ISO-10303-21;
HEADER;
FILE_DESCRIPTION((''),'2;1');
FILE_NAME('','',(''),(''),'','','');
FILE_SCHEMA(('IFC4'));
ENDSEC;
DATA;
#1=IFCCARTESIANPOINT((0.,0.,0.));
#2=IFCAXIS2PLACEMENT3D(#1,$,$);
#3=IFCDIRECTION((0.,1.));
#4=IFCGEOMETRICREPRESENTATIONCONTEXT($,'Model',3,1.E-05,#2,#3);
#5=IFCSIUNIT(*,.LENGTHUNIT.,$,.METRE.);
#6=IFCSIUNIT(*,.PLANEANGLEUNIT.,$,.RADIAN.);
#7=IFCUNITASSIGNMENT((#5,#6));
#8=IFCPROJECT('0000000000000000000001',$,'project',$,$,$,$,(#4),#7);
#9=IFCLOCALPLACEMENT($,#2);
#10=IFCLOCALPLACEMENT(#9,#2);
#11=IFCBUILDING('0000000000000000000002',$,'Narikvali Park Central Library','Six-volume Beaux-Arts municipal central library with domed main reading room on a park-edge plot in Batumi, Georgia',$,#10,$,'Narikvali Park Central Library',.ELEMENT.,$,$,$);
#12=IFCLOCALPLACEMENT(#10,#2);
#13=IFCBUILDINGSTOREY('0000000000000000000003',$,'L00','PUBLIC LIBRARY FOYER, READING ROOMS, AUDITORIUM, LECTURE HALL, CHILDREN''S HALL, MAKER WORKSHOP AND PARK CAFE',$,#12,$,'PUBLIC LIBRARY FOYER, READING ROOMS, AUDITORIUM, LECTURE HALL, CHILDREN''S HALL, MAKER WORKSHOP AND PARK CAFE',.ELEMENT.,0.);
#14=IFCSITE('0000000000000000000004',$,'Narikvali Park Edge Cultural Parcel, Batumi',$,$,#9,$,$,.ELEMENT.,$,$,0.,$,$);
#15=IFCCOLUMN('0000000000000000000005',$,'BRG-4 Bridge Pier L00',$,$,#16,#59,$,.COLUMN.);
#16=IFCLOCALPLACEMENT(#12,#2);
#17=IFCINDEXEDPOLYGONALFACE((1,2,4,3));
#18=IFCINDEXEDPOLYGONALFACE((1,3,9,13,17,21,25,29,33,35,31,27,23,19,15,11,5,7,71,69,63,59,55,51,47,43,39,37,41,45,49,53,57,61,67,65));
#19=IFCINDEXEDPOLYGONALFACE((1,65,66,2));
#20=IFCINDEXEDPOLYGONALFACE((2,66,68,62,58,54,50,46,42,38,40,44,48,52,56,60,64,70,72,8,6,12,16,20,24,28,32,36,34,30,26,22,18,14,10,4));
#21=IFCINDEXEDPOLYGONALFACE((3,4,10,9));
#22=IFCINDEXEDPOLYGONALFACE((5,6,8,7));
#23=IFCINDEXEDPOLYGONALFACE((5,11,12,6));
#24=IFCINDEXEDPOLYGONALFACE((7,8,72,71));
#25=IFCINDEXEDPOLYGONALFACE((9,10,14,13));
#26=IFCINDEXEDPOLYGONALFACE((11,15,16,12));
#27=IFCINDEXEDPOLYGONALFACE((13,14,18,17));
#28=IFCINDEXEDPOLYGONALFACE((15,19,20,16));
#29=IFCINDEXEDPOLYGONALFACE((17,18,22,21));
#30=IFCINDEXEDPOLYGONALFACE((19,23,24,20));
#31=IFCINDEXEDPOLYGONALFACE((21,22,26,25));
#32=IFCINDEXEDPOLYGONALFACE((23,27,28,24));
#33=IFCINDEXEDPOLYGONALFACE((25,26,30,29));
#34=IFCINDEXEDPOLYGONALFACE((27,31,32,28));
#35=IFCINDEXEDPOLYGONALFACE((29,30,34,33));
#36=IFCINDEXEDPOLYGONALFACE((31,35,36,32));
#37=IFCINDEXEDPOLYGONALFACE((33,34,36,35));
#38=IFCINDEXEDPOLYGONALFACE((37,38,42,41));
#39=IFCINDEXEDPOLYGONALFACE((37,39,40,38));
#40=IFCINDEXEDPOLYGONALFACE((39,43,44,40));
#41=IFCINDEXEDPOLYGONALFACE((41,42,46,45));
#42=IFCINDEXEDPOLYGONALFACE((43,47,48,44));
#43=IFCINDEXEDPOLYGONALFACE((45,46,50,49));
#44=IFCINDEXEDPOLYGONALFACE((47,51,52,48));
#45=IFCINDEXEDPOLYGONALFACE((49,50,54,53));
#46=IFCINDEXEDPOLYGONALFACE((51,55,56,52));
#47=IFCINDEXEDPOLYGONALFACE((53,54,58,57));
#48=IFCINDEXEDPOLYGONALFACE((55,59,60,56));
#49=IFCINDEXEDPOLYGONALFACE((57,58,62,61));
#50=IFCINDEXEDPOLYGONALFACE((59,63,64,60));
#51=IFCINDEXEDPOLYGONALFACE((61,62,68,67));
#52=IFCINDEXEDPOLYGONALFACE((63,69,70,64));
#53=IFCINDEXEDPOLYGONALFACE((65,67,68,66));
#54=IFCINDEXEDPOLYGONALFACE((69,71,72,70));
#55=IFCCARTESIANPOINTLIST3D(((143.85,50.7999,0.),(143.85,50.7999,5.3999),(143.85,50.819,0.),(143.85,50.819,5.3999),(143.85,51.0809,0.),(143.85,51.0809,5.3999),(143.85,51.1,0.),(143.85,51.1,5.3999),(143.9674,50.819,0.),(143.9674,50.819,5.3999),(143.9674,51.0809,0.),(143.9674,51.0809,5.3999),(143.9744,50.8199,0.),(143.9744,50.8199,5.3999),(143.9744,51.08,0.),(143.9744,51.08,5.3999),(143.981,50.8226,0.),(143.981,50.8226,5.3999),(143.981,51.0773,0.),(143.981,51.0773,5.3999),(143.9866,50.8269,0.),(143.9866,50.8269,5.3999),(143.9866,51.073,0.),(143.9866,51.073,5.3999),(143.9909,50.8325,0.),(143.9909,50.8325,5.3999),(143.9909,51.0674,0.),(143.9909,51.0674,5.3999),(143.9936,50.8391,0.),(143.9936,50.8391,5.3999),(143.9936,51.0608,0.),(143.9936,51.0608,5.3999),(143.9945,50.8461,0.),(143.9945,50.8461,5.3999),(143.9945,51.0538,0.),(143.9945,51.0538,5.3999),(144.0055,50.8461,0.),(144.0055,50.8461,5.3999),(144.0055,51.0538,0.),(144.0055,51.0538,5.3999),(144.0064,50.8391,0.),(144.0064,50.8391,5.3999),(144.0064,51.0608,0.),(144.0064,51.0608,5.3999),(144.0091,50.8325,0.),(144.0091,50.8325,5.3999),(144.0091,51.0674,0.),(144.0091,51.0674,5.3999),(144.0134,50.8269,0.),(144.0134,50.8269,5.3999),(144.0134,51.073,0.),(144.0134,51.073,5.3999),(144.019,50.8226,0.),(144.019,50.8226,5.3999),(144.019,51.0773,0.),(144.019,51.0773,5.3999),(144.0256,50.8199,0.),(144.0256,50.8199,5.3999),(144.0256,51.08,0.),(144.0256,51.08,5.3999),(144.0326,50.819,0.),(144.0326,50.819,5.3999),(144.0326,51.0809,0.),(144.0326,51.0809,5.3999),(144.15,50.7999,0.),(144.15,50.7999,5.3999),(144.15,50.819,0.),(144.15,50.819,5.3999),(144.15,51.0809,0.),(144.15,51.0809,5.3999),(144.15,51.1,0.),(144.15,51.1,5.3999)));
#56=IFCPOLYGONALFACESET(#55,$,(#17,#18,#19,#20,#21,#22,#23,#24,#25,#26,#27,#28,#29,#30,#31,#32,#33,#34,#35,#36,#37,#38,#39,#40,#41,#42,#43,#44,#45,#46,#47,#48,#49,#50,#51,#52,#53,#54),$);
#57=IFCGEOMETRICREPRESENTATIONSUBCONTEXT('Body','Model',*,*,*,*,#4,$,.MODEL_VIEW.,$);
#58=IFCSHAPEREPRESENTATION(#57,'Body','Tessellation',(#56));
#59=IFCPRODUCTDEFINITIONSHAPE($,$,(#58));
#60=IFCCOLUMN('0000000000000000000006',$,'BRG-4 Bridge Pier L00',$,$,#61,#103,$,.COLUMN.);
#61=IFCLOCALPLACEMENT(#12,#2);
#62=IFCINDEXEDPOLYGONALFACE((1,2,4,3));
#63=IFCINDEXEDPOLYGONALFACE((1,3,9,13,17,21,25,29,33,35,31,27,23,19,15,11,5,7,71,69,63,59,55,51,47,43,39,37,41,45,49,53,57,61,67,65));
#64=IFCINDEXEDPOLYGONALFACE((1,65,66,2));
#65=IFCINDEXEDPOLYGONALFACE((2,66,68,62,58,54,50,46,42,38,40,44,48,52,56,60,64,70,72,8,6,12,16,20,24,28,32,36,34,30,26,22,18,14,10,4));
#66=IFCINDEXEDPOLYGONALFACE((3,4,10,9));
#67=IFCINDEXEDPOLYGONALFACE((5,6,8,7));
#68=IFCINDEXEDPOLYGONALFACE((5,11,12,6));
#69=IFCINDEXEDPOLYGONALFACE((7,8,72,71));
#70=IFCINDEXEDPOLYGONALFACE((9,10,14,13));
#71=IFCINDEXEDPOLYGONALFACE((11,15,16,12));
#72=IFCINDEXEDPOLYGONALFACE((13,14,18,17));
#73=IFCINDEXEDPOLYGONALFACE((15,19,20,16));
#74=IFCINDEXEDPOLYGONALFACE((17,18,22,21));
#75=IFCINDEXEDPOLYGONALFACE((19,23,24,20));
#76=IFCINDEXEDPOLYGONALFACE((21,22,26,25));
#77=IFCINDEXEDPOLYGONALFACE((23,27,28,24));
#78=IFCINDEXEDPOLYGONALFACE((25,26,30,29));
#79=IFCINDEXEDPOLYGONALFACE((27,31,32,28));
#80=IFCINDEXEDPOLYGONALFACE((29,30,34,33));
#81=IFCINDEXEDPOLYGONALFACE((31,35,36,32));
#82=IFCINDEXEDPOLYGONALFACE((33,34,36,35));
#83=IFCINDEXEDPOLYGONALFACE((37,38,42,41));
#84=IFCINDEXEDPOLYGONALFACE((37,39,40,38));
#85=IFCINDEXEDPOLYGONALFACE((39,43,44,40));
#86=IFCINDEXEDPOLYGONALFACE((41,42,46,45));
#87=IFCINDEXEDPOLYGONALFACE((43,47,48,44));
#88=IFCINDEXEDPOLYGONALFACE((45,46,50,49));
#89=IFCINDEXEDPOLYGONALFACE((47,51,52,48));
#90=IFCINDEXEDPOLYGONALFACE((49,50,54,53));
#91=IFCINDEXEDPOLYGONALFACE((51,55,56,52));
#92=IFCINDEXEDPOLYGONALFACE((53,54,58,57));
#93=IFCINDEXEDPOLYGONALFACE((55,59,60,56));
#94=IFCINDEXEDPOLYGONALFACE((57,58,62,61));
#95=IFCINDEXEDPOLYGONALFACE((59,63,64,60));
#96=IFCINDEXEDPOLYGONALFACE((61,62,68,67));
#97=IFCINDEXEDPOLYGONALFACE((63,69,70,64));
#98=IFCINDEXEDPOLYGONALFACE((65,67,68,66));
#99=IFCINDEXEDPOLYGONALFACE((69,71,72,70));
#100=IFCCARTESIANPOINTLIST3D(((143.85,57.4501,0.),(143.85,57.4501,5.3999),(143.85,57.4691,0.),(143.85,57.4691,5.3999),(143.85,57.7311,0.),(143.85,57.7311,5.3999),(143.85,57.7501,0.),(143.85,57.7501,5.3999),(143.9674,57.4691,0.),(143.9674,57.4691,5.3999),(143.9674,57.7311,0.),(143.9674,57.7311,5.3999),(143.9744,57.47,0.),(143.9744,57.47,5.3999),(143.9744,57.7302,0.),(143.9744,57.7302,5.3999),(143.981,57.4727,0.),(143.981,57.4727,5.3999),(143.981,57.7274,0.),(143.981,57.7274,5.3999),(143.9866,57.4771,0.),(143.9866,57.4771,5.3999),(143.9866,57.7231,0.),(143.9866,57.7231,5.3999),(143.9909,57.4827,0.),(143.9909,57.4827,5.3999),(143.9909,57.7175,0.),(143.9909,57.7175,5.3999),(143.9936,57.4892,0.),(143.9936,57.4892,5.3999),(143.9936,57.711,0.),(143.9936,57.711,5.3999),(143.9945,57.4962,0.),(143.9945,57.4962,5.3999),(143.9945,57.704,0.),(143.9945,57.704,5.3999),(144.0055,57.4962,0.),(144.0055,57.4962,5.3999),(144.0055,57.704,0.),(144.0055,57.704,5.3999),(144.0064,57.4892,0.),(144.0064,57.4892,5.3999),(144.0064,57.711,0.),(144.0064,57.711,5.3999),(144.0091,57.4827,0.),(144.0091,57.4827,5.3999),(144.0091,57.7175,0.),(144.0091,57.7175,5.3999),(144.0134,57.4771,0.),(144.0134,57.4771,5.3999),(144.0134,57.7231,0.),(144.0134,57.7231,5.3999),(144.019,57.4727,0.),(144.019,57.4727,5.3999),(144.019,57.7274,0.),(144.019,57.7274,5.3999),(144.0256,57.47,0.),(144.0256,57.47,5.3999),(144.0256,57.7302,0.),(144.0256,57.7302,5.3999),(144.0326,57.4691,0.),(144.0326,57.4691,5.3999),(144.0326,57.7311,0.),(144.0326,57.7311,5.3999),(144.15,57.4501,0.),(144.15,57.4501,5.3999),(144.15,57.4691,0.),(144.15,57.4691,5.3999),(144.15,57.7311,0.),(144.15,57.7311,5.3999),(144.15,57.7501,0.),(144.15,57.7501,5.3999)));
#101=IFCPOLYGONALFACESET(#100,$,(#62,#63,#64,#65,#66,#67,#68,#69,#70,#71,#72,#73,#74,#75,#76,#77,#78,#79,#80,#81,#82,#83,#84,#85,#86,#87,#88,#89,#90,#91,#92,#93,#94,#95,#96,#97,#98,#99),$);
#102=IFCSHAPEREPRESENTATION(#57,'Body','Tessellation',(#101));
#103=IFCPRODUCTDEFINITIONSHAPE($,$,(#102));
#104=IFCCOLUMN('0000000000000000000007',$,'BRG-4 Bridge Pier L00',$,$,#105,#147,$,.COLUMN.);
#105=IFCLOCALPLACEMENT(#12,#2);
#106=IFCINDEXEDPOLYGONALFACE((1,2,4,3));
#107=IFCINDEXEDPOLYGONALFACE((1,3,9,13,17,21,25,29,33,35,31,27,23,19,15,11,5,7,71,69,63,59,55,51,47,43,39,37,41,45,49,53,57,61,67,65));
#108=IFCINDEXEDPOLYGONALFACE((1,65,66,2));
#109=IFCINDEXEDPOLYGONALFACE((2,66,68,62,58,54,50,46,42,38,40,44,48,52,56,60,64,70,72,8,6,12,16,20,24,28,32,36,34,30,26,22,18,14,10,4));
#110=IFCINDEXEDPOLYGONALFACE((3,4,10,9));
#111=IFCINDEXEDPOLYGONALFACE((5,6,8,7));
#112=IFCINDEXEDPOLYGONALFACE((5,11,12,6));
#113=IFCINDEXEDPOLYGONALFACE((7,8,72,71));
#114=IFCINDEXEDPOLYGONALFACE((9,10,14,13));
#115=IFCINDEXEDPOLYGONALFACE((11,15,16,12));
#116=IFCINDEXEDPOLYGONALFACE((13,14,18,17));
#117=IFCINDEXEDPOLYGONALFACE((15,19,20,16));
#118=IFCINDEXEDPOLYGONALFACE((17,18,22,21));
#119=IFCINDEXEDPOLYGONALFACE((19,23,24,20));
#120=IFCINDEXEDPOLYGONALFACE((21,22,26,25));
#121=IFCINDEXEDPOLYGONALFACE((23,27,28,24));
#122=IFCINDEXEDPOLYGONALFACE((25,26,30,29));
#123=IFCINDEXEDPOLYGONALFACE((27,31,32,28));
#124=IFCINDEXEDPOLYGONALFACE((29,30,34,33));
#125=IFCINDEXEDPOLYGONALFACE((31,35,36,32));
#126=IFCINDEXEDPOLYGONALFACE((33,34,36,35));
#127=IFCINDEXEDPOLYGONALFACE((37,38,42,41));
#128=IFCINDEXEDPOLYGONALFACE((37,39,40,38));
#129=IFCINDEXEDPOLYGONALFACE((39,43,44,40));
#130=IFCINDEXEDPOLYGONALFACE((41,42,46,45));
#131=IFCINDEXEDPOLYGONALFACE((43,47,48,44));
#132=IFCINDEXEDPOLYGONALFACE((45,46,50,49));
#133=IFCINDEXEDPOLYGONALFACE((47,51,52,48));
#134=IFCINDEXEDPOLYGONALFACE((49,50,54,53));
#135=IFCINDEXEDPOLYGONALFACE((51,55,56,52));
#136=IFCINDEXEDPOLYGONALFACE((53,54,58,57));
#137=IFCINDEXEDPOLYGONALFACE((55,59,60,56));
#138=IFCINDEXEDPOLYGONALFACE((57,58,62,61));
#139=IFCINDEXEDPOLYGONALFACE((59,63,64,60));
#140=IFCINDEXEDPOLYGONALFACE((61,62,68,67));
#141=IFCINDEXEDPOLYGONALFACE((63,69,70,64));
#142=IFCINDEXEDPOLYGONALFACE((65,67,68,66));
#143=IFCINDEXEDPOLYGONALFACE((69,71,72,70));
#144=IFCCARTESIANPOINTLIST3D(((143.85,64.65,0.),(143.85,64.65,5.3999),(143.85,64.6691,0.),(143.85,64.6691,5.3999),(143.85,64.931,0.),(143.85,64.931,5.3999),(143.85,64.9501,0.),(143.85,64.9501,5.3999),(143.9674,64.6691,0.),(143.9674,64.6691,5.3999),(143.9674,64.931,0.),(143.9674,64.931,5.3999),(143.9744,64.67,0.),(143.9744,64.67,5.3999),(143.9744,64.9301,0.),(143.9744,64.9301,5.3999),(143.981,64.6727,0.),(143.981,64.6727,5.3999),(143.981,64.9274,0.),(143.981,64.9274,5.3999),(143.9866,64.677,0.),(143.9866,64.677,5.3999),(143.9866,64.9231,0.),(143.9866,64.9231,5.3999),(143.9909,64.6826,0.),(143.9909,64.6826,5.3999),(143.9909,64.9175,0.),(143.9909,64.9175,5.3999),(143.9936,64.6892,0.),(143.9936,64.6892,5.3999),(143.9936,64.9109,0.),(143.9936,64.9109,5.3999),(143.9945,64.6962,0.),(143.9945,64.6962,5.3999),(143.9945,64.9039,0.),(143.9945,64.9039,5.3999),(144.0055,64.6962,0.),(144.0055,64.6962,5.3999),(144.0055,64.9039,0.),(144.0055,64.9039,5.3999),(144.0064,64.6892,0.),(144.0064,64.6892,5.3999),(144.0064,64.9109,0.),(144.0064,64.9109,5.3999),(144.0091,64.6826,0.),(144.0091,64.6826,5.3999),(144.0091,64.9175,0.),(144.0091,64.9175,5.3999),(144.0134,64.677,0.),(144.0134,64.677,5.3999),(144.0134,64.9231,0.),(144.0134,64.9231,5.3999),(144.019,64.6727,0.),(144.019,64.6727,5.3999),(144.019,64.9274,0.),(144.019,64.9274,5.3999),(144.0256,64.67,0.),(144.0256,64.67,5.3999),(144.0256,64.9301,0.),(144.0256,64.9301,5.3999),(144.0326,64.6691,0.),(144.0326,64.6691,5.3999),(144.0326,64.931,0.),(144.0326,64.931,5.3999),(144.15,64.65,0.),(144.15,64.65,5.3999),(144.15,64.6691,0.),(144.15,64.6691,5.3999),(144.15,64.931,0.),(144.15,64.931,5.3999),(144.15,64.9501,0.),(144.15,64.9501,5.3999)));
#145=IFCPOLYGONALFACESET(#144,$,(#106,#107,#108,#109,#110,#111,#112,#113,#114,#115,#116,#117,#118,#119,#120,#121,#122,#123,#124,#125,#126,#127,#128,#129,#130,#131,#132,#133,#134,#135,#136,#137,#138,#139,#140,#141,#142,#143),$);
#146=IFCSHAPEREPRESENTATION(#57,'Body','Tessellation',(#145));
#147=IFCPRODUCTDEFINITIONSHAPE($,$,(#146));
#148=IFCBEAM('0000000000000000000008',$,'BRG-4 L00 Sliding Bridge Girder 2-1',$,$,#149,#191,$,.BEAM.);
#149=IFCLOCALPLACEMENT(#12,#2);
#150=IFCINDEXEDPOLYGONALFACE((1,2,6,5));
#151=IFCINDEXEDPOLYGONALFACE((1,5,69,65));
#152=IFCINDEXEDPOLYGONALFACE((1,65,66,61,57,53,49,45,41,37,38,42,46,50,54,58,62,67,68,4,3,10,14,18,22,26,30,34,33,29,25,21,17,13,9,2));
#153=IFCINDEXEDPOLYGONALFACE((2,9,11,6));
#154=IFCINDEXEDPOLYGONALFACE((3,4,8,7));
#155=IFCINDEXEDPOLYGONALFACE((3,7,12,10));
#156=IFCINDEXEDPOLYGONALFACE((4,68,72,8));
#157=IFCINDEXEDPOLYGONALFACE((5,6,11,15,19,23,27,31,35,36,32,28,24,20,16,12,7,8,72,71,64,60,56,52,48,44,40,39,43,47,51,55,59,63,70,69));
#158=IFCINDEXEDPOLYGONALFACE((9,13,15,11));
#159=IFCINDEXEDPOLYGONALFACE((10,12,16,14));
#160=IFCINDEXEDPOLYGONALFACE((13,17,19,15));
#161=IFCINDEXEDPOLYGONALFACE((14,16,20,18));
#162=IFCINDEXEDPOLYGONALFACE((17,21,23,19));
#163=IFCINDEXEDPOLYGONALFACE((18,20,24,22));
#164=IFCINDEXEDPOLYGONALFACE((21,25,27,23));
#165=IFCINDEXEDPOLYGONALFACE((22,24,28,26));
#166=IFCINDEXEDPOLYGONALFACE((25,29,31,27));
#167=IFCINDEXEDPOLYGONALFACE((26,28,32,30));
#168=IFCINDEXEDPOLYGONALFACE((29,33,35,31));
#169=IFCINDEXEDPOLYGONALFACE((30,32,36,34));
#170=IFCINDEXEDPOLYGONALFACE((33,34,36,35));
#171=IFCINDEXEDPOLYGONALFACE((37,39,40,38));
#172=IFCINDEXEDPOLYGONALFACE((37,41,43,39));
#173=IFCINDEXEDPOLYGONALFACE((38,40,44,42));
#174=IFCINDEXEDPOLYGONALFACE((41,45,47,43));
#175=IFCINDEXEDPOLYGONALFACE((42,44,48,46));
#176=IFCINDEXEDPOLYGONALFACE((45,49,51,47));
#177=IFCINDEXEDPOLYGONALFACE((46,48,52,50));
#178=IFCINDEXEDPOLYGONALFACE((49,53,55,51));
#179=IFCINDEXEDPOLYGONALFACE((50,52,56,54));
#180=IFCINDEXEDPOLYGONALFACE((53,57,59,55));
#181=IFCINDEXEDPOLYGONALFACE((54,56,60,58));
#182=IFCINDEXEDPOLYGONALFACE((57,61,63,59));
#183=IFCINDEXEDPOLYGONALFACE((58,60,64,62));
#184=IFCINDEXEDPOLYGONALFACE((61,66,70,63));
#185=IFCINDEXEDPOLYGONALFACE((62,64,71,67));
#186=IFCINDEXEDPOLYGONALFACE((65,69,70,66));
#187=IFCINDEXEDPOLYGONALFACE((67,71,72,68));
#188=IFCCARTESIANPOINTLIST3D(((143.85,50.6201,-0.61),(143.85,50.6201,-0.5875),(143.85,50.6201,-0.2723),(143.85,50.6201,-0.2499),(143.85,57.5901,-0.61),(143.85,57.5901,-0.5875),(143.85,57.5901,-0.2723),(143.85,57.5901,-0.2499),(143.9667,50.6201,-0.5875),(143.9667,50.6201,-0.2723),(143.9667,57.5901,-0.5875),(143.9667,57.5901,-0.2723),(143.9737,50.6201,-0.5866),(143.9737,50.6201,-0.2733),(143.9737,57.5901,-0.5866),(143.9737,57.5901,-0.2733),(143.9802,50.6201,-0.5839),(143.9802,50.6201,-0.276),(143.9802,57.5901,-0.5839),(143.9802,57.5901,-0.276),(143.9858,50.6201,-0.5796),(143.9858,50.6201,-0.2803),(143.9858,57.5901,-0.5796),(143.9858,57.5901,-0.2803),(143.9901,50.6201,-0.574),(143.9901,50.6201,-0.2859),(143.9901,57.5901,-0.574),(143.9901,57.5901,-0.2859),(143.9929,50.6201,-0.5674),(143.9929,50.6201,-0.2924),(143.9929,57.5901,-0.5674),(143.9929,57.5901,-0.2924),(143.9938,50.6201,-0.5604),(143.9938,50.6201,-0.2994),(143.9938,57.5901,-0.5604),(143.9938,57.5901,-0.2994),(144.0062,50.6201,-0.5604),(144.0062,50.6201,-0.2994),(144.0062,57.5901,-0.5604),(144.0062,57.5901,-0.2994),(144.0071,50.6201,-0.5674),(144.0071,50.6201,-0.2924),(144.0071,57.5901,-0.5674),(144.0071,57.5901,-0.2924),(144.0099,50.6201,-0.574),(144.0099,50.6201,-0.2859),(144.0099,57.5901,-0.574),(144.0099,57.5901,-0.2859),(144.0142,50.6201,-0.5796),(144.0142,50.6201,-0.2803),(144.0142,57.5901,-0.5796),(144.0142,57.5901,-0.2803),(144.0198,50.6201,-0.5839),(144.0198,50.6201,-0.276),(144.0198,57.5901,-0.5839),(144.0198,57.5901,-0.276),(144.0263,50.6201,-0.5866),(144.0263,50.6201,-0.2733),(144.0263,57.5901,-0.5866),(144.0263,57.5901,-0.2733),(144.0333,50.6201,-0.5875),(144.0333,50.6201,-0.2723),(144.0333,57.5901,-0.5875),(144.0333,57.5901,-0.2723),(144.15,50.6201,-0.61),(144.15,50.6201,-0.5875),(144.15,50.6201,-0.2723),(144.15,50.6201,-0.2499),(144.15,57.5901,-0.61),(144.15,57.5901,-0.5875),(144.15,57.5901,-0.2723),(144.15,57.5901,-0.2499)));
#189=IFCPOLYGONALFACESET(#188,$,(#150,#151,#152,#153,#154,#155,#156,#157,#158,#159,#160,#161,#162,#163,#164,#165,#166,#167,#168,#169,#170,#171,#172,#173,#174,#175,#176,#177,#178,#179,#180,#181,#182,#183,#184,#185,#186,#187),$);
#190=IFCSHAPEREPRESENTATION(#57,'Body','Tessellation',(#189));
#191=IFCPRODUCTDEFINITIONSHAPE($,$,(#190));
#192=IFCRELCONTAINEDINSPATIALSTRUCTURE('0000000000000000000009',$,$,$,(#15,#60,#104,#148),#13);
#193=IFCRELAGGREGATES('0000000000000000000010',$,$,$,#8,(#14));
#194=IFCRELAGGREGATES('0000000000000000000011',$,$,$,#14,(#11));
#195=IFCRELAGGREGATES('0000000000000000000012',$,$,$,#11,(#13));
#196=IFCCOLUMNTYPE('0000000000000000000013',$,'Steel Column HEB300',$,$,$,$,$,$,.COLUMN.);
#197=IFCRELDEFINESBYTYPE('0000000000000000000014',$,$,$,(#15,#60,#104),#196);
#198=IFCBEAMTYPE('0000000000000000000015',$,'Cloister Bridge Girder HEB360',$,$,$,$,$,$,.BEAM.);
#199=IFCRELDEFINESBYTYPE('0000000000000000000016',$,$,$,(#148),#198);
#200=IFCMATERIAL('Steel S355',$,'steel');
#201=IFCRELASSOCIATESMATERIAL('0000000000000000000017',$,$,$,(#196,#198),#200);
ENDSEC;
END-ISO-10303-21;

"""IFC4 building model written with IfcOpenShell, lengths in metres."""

from ifc_helpers import new_model, si_unit, direction, frame, origin, origin_2d, place, context, subcontext, project, spatial, i_section, extrude, material, material_profile, profile_set, type_object, element, save


model = new_model("IFC4")

# Units and contexts
model_context = context("Model", 3, precision=1e-05, world=origin(), true_north=direction((0.0, 1.0)))
body_context = subcontext(model_context, "Body", "Model", "MODEL_VIEW")
ifc_project = project(units=[si_unit("LENGTHUNIT", "METRE"), si_unit("PLANEANGLEUNIT", "RADIAN")], contexts=[model_context])

# Site, building, storey
site_placement = place(None, origin())
site = spatial("IfcSite", under=ifc_project, at=site_placement, Name="Narikvali Park Edge Cultural Parcel, Batumi", CompositionType="ELEMENT", RefElevation=0.0)
building_placement = place(site_placement, origin())
building = spatial("IfcBuilding", under=site, at=building_placement, Name="Narikvali Park Central Library", Description="Six-volume Beaux-Arts municipal central library with domed main reading room on a park-edge plot in Batumi, Georgia", LongName="Narikvali Park Central Library", CompositionType="ELEMENT")
storey_placement = place(building_placement, origin())
storey = spatial("IfcBuildingStorey", under=building, at=storey_placement, Name="L00", Description="PUBLIC LIBRARY FOYER, READING ROOMS, AUDITORIUM, LECTURE HALL, CHILDREN'S HALL, MAKER WORKSHOP AND PARK CAFE", LongName="PUBLIC LIBRARY FOYER, READING ROOMS, AUDITORIUM, LECTURE HALL, CHILDREN'S HALL, MAKER WORKSHOP AND PARK CAFE", CompositionType="ELEMENT", Elevation=0.0)

# Columns
ifc_material_1 = material(Name="Steel S355", Category="steel")
ifc_material_profile_1 = material_profile(ifc_material_1, i_section(OverallWidth=0.3, OverallDepth=0.3, WebThickness=0.011, FlangeThickness=0.019, FilletRadius=0.0271, at=origin_2d()), Name="HEB 300")
ifc_profile_set_1 = profile_set([ifc_material_profile_1], Name="Steel S355")
column_type = type_object("IfcColumnType", Name="Steel Column HEB300", PredefinedType="COLUMN", material=ifc_profile_set_1)
for number, where, z_axis, x_axis, name in (
    (1, (144.0, 50.95, 0.0), (0.0, 0.0, 1.0), (1.0, 0.0, 0.0), "BRG-4 Bridge Pier L00"),
    (2, (144.0, 57.6001, 0.0), (0.0, 0.0, 1.0), (1.0, 0.0, 0.0), "BRG-4 Bridge Pier L00"),
    (3, (144.0, 64.8, 0.0), (0.0, 0.0, 1.0), (1.0, 0.0, 0.0), "BRG-4 Bridge Pier L00"),
):
    element("IfcColumn", number, at=place(storey_placement, frame(where, z_axis=z_axis, x_axis=x_axis)), inside=storey, type_object=column_type, Name=name, PredefinedType="COLUMN", context=body_context, shape_type="SweptSolid", body=[
        extrude(i_section(OverallWidth=0.3, OverallDepth=0.3, WebThickness=0.011, FlangeThickness=0.019, FilletRadius=0.0271, at=origin_2d()), origin(), (0.0, 0.0, 1.0), 5.3999),
    ])

# Beam
ifc_material_profile_2 = material_profile(ifc_material_1, i_section(OverallWidth=0.3, OverallDepth=0.3601, WebThickness=0.0125, FlangeThickness=0.0225, FilletRadius=0.0271, at=origin_2d()), Name="HEB 360")
ifc_profile_set_2 = profile_set([ifc_material_profile_2], Name="Steel S355")
beam_type = type_object("IfcBeamType", Name="Cloister Bridge Girder HEB360", PredefinedType="BEAM", material=ifc_profile_set_2)
beam_placement = place(storey_placement, frame((144.0, 50.6201, -0.4299), z_axis=(0.0, 1.0, 0.0), x_axis=(-1.0, 0.0, 0.0)))
element("IfcBeam", 4, at=beam_placement, inside=storey, type_object=beam_type, Name="BRG-4 L00 Sliding Bridge Girder 2-1", PredefinedType="BEAM", context=body_context, shape_type="SweptSolid", body=[
    extrude(i_section(OverallWidth=0.3, OverallDepth=0.3601, WebThickness=0.0125, FlangeThickness=0.0225, FilletRadius=0.0271, at=origin_2d()), origin(), (0.0, 0.0, 1.0), 6.97),
])

save(model, "model.ifc")
